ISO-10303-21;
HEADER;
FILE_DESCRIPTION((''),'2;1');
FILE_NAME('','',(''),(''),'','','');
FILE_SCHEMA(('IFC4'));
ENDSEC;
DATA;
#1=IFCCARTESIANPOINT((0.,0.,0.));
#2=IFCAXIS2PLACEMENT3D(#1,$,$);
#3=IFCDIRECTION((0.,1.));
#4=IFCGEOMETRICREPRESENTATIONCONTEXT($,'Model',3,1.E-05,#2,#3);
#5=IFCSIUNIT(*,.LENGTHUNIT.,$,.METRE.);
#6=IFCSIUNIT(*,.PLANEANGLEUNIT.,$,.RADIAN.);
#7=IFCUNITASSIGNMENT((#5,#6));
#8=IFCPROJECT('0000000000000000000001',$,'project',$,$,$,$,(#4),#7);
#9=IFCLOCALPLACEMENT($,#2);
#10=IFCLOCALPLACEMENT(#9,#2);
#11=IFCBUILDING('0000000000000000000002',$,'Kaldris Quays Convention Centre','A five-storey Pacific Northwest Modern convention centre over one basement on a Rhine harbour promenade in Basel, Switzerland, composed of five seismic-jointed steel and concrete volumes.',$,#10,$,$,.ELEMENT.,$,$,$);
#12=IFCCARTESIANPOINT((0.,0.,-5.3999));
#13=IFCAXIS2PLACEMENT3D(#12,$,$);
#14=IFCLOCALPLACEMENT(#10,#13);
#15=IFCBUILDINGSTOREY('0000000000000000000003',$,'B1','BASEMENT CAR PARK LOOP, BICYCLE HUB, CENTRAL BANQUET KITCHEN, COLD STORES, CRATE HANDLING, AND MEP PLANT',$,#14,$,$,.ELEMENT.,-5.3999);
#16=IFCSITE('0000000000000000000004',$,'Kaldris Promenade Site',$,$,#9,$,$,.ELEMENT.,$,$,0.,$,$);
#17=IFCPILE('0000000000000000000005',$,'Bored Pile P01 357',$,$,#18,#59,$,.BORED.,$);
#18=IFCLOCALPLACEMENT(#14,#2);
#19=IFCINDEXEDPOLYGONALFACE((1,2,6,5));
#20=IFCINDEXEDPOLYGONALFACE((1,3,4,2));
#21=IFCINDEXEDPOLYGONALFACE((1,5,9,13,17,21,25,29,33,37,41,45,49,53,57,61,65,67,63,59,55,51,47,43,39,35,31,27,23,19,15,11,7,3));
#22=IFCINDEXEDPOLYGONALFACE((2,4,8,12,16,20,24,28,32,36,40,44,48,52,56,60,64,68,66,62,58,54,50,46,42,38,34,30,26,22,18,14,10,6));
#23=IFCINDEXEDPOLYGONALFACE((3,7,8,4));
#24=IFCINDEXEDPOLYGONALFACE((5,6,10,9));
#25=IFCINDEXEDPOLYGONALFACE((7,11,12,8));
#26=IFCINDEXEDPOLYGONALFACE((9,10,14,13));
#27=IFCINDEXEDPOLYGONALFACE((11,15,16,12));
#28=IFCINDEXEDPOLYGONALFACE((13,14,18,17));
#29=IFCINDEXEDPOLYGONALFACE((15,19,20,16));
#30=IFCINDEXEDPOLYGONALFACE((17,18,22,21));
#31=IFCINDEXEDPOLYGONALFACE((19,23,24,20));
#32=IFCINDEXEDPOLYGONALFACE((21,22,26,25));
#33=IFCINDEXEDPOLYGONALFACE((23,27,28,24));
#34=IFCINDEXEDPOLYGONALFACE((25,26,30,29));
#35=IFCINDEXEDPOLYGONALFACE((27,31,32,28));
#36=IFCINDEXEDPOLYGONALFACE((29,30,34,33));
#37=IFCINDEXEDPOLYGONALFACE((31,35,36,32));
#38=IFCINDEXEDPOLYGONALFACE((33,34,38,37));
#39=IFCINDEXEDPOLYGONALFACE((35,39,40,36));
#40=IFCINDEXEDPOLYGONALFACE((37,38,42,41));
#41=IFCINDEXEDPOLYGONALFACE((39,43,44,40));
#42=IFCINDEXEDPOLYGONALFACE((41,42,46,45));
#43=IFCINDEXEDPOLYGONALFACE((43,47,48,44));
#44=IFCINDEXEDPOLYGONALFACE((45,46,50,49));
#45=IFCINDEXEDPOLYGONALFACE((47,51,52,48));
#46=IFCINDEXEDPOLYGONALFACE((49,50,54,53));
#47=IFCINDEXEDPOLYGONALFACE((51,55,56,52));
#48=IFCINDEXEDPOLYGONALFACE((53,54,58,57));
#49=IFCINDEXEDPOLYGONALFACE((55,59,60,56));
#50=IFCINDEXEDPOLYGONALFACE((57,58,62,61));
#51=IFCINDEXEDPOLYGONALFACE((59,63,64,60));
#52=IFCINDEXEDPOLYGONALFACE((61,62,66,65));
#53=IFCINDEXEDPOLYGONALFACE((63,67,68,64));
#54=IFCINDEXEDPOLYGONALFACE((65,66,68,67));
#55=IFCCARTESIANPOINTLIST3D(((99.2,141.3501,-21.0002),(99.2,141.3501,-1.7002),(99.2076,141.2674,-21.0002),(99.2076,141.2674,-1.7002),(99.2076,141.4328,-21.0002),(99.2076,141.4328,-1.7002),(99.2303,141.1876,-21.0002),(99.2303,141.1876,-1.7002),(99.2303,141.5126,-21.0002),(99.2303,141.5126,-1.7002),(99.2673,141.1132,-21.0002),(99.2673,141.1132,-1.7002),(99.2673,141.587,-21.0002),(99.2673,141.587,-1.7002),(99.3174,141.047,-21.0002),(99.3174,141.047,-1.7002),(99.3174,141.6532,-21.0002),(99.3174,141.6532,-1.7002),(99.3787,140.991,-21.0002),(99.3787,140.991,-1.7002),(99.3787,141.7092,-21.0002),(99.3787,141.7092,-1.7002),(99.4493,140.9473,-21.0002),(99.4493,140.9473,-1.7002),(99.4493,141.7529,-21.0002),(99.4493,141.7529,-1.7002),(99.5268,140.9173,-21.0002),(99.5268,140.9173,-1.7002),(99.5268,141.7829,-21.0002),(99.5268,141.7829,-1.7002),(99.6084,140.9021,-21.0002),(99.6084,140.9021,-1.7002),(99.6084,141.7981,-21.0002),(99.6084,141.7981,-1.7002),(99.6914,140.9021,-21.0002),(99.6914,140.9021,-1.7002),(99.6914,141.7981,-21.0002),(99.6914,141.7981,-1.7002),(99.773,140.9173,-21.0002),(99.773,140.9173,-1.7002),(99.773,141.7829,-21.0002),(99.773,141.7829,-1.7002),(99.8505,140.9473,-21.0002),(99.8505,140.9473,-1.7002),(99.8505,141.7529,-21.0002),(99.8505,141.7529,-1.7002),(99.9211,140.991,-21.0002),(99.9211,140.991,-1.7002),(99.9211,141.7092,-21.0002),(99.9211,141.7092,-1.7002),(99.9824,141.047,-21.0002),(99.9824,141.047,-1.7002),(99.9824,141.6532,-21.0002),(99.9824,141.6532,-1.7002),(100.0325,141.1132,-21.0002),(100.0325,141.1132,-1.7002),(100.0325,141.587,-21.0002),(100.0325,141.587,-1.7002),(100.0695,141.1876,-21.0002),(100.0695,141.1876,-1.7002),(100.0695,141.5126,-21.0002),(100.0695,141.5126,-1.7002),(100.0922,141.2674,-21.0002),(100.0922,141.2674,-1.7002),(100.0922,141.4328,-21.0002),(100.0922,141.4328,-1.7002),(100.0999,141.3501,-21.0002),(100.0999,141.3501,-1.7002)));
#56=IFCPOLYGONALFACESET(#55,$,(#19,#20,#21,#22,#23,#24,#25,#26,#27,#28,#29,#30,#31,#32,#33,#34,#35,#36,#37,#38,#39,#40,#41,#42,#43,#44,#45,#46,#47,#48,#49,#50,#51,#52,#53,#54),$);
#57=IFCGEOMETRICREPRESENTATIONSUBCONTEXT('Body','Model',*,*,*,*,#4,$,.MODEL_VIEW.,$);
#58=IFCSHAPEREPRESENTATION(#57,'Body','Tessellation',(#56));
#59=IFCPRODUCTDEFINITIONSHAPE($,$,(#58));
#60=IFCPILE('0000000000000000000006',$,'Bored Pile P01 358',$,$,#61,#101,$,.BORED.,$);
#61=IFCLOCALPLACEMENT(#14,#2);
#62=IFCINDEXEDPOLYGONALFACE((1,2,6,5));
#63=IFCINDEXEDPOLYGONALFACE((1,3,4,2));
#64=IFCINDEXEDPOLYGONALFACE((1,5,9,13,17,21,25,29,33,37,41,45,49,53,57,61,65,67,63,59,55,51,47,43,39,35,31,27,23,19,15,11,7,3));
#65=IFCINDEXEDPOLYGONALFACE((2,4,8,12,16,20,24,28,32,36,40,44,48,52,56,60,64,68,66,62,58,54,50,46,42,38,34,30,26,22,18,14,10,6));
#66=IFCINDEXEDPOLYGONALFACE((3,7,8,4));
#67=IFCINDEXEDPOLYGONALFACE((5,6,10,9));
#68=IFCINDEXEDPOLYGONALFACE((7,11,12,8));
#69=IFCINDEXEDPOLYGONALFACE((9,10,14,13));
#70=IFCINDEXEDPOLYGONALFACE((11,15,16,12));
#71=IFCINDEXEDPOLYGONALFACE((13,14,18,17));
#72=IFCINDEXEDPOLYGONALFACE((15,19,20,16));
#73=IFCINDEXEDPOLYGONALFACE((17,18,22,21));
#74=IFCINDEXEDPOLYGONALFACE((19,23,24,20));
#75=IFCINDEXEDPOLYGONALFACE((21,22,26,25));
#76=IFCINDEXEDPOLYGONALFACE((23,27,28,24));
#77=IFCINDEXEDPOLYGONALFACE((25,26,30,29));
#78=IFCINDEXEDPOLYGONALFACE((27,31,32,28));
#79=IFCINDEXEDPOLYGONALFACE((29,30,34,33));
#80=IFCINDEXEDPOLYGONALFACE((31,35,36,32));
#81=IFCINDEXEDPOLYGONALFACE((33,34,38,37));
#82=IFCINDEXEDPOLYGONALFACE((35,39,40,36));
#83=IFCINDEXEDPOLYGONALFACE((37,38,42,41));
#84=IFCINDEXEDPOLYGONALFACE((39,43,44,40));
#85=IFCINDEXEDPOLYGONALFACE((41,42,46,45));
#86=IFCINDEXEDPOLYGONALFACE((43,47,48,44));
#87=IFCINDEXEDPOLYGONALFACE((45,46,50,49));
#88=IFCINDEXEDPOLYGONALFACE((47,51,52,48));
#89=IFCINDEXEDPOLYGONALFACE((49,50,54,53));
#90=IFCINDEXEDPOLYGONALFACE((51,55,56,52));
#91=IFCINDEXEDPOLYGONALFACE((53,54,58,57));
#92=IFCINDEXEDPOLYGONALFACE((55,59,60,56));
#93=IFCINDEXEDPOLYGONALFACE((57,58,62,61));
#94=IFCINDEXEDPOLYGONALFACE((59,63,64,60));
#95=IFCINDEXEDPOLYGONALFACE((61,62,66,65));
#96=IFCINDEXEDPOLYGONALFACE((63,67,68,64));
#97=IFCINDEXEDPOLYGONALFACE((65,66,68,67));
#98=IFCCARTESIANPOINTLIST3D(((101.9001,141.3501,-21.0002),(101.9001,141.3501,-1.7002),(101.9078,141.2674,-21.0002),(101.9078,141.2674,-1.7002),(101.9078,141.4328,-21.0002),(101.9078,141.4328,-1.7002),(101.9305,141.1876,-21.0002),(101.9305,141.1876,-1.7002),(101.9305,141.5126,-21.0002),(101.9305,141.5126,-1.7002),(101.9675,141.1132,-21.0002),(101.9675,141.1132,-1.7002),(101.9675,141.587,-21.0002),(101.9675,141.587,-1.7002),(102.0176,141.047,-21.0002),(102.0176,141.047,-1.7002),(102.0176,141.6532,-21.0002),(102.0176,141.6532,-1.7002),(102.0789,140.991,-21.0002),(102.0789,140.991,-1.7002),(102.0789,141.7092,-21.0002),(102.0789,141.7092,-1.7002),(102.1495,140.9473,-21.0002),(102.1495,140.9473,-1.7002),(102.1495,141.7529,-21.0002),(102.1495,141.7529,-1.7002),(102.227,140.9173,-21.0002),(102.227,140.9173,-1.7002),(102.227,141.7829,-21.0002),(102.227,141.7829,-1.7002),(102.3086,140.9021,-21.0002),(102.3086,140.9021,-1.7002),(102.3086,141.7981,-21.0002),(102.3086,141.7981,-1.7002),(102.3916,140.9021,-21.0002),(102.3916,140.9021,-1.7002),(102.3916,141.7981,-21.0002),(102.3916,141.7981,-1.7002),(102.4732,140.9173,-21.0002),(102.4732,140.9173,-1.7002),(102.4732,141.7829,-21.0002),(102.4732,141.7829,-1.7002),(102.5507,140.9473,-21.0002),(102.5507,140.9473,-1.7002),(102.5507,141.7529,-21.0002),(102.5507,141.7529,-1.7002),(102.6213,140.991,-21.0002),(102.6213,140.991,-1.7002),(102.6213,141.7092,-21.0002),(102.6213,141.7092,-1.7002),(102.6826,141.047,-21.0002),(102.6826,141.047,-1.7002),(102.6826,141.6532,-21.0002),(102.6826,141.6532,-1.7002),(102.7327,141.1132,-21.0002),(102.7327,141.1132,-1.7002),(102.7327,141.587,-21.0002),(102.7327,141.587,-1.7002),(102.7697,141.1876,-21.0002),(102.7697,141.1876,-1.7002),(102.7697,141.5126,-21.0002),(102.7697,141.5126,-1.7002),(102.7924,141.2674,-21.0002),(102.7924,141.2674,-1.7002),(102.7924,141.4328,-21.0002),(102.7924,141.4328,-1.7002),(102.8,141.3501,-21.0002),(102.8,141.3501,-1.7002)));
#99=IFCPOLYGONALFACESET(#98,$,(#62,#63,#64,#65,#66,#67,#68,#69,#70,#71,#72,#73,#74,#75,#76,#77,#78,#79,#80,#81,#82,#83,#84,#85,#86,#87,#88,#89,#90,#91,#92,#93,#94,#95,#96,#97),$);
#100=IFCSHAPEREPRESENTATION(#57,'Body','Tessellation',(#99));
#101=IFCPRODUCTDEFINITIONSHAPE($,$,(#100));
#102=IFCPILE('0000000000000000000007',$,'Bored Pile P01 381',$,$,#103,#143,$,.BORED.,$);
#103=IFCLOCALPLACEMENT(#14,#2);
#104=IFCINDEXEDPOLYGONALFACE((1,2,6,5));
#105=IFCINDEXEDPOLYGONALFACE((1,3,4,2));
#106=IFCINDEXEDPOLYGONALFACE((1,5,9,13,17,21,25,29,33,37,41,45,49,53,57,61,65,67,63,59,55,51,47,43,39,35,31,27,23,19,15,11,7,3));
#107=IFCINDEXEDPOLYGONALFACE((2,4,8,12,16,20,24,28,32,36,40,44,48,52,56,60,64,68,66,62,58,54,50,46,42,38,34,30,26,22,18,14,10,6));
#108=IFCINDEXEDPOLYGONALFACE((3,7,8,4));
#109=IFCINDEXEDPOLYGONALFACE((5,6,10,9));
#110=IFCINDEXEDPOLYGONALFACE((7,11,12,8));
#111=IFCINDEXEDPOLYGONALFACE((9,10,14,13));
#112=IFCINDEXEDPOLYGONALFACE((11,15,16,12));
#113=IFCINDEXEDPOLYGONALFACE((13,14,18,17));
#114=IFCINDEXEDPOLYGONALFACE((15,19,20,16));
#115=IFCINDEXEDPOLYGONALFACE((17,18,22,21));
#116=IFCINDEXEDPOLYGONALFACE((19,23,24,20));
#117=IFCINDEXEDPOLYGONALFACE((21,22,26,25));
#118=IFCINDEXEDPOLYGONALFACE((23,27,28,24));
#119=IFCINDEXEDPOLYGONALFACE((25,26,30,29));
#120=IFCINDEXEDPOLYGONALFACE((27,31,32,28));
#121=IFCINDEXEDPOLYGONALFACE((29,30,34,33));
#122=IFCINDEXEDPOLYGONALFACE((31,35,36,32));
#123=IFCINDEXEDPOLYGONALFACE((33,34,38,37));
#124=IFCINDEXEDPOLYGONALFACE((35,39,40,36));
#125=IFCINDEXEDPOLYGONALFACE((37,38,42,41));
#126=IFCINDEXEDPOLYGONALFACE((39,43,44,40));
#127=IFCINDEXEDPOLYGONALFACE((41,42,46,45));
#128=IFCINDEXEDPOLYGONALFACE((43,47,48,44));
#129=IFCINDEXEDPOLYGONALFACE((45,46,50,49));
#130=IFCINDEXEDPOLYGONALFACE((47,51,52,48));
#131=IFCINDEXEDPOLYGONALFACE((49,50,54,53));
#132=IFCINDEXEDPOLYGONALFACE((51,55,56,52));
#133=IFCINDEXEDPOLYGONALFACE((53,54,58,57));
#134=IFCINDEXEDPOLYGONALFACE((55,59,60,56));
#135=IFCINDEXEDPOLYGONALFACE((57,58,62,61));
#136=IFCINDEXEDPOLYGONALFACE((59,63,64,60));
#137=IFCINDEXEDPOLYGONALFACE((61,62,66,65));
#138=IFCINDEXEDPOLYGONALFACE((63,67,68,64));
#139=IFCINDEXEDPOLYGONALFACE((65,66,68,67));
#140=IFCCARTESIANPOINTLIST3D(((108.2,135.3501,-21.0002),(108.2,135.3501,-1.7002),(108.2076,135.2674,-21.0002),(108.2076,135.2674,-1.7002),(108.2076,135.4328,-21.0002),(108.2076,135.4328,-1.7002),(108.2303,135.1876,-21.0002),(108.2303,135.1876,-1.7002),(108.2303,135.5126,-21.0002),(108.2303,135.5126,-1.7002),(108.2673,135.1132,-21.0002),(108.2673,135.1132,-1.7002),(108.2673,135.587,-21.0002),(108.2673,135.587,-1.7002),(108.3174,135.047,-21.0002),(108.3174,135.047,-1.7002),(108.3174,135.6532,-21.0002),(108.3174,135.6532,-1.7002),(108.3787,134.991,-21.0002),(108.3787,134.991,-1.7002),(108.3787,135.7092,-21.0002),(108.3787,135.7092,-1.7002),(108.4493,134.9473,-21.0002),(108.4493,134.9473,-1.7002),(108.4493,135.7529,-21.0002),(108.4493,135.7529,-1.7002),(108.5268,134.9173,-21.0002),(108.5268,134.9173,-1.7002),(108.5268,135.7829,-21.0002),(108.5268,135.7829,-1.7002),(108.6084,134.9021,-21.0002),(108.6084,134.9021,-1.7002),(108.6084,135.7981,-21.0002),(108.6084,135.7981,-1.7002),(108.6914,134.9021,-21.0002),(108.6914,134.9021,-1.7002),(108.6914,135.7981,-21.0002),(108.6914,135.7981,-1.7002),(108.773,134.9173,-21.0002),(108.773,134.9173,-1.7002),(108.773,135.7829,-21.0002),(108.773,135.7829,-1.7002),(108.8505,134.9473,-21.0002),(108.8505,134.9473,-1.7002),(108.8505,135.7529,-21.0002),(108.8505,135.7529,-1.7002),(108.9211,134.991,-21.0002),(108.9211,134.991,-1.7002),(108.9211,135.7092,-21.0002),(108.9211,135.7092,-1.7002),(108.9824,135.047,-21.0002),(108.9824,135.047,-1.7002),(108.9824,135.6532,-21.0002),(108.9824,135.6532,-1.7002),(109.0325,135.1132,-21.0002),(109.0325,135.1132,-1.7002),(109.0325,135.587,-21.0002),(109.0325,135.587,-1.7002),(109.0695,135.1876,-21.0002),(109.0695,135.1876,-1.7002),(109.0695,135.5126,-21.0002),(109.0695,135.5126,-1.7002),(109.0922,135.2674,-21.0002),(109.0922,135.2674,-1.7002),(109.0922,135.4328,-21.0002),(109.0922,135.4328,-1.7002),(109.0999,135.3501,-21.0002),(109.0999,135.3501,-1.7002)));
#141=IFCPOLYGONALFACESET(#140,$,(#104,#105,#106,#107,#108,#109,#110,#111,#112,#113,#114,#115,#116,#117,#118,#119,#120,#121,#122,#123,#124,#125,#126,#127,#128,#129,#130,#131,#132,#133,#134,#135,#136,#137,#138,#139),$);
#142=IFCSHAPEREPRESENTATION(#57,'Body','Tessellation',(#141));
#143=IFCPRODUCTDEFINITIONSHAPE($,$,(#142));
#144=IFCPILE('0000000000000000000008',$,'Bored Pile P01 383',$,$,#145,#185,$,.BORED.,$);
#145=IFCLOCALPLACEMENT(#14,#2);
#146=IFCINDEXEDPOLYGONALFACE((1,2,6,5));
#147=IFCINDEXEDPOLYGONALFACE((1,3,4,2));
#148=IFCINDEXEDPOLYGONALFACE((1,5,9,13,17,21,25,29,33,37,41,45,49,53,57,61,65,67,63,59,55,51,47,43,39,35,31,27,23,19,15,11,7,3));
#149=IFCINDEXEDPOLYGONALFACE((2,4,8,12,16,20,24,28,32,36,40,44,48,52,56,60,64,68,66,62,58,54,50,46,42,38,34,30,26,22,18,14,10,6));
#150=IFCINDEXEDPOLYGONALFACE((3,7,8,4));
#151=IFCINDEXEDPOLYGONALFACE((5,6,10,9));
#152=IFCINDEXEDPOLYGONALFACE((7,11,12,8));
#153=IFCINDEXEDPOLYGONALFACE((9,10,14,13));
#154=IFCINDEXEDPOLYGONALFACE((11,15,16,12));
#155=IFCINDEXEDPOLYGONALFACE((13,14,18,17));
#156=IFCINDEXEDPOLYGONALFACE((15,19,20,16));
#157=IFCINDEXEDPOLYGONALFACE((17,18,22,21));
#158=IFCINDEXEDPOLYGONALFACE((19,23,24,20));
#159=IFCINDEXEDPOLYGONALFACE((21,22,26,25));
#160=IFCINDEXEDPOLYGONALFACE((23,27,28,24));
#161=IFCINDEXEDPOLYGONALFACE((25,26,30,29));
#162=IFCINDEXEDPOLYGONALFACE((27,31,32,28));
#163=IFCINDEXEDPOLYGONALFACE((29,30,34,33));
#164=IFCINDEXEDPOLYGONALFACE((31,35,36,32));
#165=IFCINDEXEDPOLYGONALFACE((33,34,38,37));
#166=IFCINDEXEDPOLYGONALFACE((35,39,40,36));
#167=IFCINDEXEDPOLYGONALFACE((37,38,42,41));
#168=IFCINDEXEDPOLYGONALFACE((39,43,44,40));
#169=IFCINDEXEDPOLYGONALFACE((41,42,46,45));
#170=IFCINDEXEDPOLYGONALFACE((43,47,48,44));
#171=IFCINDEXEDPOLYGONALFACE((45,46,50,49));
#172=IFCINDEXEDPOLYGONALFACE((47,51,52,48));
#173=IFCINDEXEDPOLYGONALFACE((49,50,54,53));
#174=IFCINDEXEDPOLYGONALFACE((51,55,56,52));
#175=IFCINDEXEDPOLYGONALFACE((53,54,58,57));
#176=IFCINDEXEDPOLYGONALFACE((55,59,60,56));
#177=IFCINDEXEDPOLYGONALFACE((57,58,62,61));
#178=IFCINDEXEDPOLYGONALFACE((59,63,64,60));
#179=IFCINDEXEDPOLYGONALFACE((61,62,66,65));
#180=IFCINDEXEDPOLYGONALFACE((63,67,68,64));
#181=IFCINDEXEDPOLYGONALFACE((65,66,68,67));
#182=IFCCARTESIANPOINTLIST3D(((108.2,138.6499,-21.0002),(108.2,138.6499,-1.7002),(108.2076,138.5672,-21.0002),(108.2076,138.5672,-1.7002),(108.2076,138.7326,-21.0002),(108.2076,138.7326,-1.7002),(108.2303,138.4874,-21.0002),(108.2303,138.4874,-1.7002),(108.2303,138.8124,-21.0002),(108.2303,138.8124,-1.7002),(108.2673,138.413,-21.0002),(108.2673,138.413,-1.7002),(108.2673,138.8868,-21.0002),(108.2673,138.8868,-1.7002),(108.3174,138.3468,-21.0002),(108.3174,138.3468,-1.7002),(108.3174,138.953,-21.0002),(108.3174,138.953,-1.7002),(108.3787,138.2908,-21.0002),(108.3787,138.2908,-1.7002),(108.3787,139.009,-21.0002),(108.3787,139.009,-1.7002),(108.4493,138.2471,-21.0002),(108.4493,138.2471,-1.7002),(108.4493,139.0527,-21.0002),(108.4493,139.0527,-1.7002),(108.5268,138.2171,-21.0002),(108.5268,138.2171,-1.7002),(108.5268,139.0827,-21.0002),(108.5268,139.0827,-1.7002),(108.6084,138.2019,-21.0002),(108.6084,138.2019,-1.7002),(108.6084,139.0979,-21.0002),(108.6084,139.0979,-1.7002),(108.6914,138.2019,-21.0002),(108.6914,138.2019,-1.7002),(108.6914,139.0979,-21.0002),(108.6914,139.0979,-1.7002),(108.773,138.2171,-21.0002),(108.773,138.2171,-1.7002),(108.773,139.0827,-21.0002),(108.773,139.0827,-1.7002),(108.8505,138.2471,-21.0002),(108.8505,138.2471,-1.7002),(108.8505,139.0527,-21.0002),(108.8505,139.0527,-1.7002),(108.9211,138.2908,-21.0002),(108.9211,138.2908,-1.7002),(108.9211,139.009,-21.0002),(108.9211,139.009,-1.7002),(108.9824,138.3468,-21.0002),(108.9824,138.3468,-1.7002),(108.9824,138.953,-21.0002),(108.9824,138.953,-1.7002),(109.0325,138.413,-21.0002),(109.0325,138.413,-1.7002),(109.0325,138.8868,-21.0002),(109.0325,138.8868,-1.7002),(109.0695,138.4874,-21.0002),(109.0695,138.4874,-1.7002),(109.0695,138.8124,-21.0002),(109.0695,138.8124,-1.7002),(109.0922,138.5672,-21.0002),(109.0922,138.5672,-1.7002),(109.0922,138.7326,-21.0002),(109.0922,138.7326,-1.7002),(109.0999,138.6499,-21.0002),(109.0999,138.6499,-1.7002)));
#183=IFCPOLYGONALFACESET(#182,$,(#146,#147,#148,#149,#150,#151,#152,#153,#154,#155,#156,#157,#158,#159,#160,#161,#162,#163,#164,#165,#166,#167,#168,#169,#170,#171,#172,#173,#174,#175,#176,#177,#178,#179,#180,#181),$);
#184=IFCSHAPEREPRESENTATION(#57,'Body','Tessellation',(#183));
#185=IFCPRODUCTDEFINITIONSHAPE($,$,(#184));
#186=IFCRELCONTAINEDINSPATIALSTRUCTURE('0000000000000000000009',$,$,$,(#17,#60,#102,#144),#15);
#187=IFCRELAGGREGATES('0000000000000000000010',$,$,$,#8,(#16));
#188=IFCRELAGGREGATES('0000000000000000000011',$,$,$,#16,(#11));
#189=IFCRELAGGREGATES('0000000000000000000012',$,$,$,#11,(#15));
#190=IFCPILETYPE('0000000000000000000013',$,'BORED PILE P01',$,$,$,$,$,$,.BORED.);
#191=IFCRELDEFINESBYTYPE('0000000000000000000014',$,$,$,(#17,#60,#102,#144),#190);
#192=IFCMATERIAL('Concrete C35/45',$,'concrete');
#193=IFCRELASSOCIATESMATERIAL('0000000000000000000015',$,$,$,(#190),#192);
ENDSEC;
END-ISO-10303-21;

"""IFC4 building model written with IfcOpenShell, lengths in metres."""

from ifc_helpers import new_model, si_unit, direction, frame, origin, origin_2d, place, context, subcontext, project, spatial, circle, extrude, material, material_profile, profile_set, type_object, element, save


model = new_model("IFC4")

# Units and contexts
model_context = context("Model", 3, precision=1e-05, world=origin(), true_north=direction((0.0, 1.0)))
body_context = subcontext(model_context, "Body", "Model", "MODEL_VIEW")
ifc_project = project(units=[si_unit("LENGTHUNIT", "METRE"), si_unit("PLANEANGLEUNIT", "RADIAN")], contexts=[model_context])

# Site, building, storey
site_placement = place(None, origin())
site = spatial("IfcSite", under=ifc_project, at=site_placement, Name="Kaldris Promenade Site", CompositionType="ELEMENT", RefElevation=0.0)
building_placement = place(site_placement, origin())
building = spatial("IfcBuilding", under=site, at=building_placement, Name="Kaldris Quays Convention Centre", Description="A five-storey Pacific Northwest Modern convention centre over one basement on a Rhine harbour promenade in Basel, Switzerland, composed of five seismic-jointed steel and concrete volumes.", CompositionType="ELEMENT")
storey_placement = place(building_placement, frame((0.0, 0.0, -5.3999)))
storey = spatial("IfcBuildingStorey", under=building, at=storey_placement, Name="B1", Description="BASEMENT CAR PARK LOOP, BICYCLE HUB, CENTRAL BANQUET KITCHEN, COLD STORES, CRATE HANDLING, AND MEP PLANT", CompositionType="ELEMENT", Elevation=-5.3999)

# Piles
ifc_material_1 = material(Name="Concrete C35/45", Category="concrete")
ifc_material_profile_1 = material_profile(ifc_material_1, circle(Radius=0.45, at=origin_2d()), Name="BORED PILE D900")
ifc_profile_set_1 = profile_set([ifc_material_profile_1], Name="Concrete C35/45")
pile_type = type_object("IfcPileType", Name="BORED PILE P01", PredefinedType="BORED", material=ifc_profile_set_1)
for number, where, z_axis, x_axis, name in (
    (1, (99.6499, 141.3501, -1.7002), (0.0, 0.0, -1.0), (1.0, 0.0, 0.0), "Bored Pile P01 357"),
    (2, (102.3501, 141.3501, -1.7002), (0.0, 0.0, -1.0), (1.0, 0.0, 0.0), "Bored Pile P01 358"),
    (3, (108.6499, 135.3501, -1.7002), (0.0, 0.0, -1.0), (1.0, 0.0, 0.0), "Bored Pile P01 381"),
    (4, (108.6499, 138.6499, -1.7002), (0.0, 0.0, -1.0), (1.0, 0.0, 0.0), "Bored Pile P01 383"),
):
    element("IfcPile", number, at=place(storey_placement, frame(where, z_axis=z_axis, x_axis=x_axis)), inside=storey, type_object=pile_type, Name=name, PredefinedType="BORED", context=body_context, shape_type="SweptSolid", body=[
        extrude(circle(Radius=0.45, at=origin_2d()), origin(), (0.0, 0.0, 1.0), 19.3),
    ])

save(model, "model.ifc")
